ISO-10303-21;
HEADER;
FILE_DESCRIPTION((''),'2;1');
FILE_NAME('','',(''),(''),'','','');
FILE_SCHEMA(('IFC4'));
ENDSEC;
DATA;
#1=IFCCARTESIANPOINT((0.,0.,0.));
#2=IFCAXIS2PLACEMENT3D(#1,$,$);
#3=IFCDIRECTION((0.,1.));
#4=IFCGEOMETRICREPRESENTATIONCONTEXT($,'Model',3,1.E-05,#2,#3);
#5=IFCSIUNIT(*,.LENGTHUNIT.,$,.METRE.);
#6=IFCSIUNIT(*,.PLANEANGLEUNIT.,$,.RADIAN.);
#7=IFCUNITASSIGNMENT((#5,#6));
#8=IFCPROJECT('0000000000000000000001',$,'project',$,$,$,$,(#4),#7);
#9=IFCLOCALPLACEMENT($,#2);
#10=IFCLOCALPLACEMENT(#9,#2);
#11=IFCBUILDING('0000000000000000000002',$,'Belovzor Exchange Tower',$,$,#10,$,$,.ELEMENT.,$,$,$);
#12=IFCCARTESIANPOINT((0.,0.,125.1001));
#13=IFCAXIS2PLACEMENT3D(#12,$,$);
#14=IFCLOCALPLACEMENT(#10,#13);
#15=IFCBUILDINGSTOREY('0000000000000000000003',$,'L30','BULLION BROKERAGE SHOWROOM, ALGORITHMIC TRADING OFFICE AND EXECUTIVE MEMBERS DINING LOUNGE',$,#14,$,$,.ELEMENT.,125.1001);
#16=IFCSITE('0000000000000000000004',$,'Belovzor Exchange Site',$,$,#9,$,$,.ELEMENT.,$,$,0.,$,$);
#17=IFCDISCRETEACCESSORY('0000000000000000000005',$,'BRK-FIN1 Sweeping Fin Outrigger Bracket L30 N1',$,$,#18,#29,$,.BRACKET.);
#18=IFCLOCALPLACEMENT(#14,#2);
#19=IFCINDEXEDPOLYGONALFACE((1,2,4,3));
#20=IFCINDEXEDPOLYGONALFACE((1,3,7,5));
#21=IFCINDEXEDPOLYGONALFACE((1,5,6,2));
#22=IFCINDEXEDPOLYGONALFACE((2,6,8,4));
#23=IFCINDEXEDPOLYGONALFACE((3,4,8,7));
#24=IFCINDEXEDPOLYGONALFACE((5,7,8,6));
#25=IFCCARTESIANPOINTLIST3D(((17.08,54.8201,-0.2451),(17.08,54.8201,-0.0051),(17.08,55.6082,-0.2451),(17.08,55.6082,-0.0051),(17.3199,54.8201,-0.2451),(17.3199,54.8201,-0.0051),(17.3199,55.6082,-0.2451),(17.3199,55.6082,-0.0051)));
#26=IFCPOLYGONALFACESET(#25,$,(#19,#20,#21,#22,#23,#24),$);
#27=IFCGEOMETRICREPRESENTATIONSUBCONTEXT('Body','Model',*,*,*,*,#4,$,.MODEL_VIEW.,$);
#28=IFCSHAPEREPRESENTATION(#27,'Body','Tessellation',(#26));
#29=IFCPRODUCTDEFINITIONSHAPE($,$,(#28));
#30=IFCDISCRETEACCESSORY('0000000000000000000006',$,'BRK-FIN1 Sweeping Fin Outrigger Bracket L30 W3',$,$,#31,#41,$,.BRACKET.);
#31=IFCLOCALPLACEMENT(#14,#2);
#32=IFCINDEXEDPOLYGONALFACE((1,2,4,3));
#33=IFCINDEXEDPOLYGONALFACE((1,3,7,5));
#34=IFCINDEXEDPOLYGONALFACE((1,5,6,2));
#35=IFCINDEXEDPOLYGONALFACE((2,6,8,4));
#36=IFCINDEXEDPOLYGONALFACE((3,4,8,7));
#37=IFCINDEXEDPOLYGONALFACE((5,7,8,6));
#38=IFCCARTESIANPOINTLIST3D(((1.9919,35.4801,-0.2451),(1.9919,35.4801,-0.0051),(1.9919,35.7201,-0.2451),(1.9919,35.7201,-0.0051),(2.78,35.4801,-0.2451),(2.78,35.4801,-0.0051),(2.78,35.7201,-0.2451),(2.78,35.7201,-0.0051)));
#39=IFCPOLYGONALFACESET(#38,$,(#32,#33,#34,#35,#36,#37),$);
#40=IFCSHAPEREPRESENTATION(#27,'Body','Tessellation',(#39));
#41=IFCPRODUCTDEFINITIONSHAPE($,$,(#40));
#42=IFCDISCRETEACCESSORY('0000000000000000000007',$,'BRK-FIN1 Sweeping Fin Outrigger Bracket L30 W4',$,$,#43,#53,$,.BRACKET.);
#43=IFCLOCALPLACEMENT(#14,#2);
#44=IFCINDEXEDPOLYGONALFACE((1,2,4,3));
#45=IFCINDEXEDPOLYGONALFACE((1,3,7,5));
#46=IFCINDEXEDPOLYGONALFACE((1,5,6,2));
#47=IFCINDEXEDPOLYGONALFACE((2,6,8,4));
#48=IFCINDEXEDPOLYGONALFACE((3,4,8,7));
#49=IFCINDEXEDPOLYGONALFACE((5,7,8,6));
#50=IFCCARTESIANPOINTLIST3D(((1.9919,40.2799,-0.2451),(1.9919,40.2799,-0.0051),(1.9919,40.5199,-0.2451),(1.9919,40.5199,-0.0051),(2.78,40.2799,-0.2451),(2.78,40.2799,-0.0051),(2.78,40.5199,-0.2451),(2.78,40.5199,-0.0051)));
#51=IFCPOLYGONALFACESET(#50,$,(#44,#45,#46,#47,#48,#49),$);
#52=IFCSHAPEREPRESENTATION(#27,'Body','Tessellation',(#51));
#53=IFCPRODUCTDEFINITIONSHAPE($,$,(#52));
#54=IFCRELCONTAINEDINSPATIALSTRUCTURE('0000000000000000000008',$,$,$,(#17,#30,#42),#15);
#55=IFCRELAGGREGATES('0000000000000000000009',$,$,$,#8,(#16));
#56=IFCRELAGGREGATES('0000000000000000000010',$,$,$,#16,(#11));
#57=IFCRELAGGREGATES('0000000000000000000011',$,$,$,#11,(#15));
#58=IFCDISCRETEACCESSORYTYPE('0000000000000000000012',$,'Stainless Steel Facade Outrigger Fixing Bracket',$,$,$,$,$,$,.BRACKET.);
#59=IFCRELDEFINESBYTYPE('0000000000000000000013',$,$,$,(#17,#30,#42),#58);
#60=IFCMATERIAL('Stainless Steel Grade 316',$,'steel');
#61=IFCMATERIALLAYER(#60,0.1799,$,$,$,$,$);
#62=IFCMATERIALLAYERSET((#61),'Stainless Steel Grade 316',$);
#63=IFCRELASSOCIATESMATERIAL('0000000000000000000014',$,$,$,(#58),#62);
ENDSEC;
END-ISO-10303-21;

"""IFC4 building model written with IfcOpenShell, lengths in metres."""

from ifc_helpers import new_model, si_unit, direction, frame, origin, origin_2d, place, context, subcontext, project, spatial, rectangle, extrude, material, layer, layer_set, type_object, element, save


model = new_model("IFC4")

# Units and contexts
model_context = context("Model", 3, precision=1e-05, world=origin(), true_north=direction((0.0, 1.0)))
body_context = subcontext(model_context, "Body", "Model", "MODEL_VIEW")
ifc_project = project(units=[si_unit("LENGTHUNIT", "METRE"), si_unit("PLANEANGLEUNIT", "RADIAN")], contexts=[model_context])

# Site, building, storey
site_placement = place(None, origin())
site = spatial("IfcSite", under=ifc_project, at=site_placement, Name="Belovzor Exchange Site", CompositionType="ELEMENT", RefElevation=0.0)
building_placement = place(site_placement, origin())
building = spatial("IfcBuilding", under=site, at=building_placement, Name="Belovzor Exchange Tower", CompositionType="ELEMENT")
storey_placement = place(building_placement, frame((0.0, 0.0, 125.1001)))
storey = spatial("IfcBuildingStorey", under=building, at=storey_placement, Name="L30", Description="BULLION BROKERAGE SHOWROOM, ALGORITHMIC TRADING OFFICE AND EXECUTIVE MEMBERS DINING LOUNGE", CompositionType="ELEMENT", Elevation=125.1001)

# Discrete accessories
ifc_material_1 = material(Name="Stainless Steel Grade 316", Category="steel")
ifc_layer_1 = layer(ifc_material_1, 0.1799)
ifc_layer_set_1 = layer_set([ifc_layer_1], Name="Stainless Steel Grade 316")
discrete_accessory_type = type_object("IfcDiscreteAccessoryType", Name="Stainless Steel Facade Outrigger Fixing Bracket", PredefinedType="BRACKET", material=ifc_layer_set_1)
for number, where, z_axis, x_axis, name in (
    (1, (17.2, 55.2141, -0.2451), (0.0, 0.0, 1.0), (0.0, 1.0, 0.0), "BRK-FIN1 Sweeping Fin Outrigger Bracket L30 N1"),
    (2, (2.386, 35.6001, -0.2451), (0.0, 0.0, 1.0), (1.0, 0.0, 0.0), "BRK-FIN1 Sweeping Fin Outrigger Bracket L30 W3"),
    (3, (2.386, 40.3999, -0.2451), (0.0, 0.0, 1.0), (1.0, 0.0, 0.0), "BRK-FIN1 Sweeping Fin Outrigger Bracket L30 W4"),
):
    element("IfcDiscreteAccessory", number, at=place(storey_placement, frame(where, z_axis=z_axis, x_axis=x_axis)), inside=storey, type_object=discrete_accessory_type, Name=name, PredefinedType="BRACKET", context=body_context, shape_type="SweptSolid", body=[
        extrude(rectangle(XDim=0.7881, YDim=0.24, at=origin_2d()), origin(), (0.0, 0.0, 1.0), 0.24),
    ])

save(model, "model.ifc")
